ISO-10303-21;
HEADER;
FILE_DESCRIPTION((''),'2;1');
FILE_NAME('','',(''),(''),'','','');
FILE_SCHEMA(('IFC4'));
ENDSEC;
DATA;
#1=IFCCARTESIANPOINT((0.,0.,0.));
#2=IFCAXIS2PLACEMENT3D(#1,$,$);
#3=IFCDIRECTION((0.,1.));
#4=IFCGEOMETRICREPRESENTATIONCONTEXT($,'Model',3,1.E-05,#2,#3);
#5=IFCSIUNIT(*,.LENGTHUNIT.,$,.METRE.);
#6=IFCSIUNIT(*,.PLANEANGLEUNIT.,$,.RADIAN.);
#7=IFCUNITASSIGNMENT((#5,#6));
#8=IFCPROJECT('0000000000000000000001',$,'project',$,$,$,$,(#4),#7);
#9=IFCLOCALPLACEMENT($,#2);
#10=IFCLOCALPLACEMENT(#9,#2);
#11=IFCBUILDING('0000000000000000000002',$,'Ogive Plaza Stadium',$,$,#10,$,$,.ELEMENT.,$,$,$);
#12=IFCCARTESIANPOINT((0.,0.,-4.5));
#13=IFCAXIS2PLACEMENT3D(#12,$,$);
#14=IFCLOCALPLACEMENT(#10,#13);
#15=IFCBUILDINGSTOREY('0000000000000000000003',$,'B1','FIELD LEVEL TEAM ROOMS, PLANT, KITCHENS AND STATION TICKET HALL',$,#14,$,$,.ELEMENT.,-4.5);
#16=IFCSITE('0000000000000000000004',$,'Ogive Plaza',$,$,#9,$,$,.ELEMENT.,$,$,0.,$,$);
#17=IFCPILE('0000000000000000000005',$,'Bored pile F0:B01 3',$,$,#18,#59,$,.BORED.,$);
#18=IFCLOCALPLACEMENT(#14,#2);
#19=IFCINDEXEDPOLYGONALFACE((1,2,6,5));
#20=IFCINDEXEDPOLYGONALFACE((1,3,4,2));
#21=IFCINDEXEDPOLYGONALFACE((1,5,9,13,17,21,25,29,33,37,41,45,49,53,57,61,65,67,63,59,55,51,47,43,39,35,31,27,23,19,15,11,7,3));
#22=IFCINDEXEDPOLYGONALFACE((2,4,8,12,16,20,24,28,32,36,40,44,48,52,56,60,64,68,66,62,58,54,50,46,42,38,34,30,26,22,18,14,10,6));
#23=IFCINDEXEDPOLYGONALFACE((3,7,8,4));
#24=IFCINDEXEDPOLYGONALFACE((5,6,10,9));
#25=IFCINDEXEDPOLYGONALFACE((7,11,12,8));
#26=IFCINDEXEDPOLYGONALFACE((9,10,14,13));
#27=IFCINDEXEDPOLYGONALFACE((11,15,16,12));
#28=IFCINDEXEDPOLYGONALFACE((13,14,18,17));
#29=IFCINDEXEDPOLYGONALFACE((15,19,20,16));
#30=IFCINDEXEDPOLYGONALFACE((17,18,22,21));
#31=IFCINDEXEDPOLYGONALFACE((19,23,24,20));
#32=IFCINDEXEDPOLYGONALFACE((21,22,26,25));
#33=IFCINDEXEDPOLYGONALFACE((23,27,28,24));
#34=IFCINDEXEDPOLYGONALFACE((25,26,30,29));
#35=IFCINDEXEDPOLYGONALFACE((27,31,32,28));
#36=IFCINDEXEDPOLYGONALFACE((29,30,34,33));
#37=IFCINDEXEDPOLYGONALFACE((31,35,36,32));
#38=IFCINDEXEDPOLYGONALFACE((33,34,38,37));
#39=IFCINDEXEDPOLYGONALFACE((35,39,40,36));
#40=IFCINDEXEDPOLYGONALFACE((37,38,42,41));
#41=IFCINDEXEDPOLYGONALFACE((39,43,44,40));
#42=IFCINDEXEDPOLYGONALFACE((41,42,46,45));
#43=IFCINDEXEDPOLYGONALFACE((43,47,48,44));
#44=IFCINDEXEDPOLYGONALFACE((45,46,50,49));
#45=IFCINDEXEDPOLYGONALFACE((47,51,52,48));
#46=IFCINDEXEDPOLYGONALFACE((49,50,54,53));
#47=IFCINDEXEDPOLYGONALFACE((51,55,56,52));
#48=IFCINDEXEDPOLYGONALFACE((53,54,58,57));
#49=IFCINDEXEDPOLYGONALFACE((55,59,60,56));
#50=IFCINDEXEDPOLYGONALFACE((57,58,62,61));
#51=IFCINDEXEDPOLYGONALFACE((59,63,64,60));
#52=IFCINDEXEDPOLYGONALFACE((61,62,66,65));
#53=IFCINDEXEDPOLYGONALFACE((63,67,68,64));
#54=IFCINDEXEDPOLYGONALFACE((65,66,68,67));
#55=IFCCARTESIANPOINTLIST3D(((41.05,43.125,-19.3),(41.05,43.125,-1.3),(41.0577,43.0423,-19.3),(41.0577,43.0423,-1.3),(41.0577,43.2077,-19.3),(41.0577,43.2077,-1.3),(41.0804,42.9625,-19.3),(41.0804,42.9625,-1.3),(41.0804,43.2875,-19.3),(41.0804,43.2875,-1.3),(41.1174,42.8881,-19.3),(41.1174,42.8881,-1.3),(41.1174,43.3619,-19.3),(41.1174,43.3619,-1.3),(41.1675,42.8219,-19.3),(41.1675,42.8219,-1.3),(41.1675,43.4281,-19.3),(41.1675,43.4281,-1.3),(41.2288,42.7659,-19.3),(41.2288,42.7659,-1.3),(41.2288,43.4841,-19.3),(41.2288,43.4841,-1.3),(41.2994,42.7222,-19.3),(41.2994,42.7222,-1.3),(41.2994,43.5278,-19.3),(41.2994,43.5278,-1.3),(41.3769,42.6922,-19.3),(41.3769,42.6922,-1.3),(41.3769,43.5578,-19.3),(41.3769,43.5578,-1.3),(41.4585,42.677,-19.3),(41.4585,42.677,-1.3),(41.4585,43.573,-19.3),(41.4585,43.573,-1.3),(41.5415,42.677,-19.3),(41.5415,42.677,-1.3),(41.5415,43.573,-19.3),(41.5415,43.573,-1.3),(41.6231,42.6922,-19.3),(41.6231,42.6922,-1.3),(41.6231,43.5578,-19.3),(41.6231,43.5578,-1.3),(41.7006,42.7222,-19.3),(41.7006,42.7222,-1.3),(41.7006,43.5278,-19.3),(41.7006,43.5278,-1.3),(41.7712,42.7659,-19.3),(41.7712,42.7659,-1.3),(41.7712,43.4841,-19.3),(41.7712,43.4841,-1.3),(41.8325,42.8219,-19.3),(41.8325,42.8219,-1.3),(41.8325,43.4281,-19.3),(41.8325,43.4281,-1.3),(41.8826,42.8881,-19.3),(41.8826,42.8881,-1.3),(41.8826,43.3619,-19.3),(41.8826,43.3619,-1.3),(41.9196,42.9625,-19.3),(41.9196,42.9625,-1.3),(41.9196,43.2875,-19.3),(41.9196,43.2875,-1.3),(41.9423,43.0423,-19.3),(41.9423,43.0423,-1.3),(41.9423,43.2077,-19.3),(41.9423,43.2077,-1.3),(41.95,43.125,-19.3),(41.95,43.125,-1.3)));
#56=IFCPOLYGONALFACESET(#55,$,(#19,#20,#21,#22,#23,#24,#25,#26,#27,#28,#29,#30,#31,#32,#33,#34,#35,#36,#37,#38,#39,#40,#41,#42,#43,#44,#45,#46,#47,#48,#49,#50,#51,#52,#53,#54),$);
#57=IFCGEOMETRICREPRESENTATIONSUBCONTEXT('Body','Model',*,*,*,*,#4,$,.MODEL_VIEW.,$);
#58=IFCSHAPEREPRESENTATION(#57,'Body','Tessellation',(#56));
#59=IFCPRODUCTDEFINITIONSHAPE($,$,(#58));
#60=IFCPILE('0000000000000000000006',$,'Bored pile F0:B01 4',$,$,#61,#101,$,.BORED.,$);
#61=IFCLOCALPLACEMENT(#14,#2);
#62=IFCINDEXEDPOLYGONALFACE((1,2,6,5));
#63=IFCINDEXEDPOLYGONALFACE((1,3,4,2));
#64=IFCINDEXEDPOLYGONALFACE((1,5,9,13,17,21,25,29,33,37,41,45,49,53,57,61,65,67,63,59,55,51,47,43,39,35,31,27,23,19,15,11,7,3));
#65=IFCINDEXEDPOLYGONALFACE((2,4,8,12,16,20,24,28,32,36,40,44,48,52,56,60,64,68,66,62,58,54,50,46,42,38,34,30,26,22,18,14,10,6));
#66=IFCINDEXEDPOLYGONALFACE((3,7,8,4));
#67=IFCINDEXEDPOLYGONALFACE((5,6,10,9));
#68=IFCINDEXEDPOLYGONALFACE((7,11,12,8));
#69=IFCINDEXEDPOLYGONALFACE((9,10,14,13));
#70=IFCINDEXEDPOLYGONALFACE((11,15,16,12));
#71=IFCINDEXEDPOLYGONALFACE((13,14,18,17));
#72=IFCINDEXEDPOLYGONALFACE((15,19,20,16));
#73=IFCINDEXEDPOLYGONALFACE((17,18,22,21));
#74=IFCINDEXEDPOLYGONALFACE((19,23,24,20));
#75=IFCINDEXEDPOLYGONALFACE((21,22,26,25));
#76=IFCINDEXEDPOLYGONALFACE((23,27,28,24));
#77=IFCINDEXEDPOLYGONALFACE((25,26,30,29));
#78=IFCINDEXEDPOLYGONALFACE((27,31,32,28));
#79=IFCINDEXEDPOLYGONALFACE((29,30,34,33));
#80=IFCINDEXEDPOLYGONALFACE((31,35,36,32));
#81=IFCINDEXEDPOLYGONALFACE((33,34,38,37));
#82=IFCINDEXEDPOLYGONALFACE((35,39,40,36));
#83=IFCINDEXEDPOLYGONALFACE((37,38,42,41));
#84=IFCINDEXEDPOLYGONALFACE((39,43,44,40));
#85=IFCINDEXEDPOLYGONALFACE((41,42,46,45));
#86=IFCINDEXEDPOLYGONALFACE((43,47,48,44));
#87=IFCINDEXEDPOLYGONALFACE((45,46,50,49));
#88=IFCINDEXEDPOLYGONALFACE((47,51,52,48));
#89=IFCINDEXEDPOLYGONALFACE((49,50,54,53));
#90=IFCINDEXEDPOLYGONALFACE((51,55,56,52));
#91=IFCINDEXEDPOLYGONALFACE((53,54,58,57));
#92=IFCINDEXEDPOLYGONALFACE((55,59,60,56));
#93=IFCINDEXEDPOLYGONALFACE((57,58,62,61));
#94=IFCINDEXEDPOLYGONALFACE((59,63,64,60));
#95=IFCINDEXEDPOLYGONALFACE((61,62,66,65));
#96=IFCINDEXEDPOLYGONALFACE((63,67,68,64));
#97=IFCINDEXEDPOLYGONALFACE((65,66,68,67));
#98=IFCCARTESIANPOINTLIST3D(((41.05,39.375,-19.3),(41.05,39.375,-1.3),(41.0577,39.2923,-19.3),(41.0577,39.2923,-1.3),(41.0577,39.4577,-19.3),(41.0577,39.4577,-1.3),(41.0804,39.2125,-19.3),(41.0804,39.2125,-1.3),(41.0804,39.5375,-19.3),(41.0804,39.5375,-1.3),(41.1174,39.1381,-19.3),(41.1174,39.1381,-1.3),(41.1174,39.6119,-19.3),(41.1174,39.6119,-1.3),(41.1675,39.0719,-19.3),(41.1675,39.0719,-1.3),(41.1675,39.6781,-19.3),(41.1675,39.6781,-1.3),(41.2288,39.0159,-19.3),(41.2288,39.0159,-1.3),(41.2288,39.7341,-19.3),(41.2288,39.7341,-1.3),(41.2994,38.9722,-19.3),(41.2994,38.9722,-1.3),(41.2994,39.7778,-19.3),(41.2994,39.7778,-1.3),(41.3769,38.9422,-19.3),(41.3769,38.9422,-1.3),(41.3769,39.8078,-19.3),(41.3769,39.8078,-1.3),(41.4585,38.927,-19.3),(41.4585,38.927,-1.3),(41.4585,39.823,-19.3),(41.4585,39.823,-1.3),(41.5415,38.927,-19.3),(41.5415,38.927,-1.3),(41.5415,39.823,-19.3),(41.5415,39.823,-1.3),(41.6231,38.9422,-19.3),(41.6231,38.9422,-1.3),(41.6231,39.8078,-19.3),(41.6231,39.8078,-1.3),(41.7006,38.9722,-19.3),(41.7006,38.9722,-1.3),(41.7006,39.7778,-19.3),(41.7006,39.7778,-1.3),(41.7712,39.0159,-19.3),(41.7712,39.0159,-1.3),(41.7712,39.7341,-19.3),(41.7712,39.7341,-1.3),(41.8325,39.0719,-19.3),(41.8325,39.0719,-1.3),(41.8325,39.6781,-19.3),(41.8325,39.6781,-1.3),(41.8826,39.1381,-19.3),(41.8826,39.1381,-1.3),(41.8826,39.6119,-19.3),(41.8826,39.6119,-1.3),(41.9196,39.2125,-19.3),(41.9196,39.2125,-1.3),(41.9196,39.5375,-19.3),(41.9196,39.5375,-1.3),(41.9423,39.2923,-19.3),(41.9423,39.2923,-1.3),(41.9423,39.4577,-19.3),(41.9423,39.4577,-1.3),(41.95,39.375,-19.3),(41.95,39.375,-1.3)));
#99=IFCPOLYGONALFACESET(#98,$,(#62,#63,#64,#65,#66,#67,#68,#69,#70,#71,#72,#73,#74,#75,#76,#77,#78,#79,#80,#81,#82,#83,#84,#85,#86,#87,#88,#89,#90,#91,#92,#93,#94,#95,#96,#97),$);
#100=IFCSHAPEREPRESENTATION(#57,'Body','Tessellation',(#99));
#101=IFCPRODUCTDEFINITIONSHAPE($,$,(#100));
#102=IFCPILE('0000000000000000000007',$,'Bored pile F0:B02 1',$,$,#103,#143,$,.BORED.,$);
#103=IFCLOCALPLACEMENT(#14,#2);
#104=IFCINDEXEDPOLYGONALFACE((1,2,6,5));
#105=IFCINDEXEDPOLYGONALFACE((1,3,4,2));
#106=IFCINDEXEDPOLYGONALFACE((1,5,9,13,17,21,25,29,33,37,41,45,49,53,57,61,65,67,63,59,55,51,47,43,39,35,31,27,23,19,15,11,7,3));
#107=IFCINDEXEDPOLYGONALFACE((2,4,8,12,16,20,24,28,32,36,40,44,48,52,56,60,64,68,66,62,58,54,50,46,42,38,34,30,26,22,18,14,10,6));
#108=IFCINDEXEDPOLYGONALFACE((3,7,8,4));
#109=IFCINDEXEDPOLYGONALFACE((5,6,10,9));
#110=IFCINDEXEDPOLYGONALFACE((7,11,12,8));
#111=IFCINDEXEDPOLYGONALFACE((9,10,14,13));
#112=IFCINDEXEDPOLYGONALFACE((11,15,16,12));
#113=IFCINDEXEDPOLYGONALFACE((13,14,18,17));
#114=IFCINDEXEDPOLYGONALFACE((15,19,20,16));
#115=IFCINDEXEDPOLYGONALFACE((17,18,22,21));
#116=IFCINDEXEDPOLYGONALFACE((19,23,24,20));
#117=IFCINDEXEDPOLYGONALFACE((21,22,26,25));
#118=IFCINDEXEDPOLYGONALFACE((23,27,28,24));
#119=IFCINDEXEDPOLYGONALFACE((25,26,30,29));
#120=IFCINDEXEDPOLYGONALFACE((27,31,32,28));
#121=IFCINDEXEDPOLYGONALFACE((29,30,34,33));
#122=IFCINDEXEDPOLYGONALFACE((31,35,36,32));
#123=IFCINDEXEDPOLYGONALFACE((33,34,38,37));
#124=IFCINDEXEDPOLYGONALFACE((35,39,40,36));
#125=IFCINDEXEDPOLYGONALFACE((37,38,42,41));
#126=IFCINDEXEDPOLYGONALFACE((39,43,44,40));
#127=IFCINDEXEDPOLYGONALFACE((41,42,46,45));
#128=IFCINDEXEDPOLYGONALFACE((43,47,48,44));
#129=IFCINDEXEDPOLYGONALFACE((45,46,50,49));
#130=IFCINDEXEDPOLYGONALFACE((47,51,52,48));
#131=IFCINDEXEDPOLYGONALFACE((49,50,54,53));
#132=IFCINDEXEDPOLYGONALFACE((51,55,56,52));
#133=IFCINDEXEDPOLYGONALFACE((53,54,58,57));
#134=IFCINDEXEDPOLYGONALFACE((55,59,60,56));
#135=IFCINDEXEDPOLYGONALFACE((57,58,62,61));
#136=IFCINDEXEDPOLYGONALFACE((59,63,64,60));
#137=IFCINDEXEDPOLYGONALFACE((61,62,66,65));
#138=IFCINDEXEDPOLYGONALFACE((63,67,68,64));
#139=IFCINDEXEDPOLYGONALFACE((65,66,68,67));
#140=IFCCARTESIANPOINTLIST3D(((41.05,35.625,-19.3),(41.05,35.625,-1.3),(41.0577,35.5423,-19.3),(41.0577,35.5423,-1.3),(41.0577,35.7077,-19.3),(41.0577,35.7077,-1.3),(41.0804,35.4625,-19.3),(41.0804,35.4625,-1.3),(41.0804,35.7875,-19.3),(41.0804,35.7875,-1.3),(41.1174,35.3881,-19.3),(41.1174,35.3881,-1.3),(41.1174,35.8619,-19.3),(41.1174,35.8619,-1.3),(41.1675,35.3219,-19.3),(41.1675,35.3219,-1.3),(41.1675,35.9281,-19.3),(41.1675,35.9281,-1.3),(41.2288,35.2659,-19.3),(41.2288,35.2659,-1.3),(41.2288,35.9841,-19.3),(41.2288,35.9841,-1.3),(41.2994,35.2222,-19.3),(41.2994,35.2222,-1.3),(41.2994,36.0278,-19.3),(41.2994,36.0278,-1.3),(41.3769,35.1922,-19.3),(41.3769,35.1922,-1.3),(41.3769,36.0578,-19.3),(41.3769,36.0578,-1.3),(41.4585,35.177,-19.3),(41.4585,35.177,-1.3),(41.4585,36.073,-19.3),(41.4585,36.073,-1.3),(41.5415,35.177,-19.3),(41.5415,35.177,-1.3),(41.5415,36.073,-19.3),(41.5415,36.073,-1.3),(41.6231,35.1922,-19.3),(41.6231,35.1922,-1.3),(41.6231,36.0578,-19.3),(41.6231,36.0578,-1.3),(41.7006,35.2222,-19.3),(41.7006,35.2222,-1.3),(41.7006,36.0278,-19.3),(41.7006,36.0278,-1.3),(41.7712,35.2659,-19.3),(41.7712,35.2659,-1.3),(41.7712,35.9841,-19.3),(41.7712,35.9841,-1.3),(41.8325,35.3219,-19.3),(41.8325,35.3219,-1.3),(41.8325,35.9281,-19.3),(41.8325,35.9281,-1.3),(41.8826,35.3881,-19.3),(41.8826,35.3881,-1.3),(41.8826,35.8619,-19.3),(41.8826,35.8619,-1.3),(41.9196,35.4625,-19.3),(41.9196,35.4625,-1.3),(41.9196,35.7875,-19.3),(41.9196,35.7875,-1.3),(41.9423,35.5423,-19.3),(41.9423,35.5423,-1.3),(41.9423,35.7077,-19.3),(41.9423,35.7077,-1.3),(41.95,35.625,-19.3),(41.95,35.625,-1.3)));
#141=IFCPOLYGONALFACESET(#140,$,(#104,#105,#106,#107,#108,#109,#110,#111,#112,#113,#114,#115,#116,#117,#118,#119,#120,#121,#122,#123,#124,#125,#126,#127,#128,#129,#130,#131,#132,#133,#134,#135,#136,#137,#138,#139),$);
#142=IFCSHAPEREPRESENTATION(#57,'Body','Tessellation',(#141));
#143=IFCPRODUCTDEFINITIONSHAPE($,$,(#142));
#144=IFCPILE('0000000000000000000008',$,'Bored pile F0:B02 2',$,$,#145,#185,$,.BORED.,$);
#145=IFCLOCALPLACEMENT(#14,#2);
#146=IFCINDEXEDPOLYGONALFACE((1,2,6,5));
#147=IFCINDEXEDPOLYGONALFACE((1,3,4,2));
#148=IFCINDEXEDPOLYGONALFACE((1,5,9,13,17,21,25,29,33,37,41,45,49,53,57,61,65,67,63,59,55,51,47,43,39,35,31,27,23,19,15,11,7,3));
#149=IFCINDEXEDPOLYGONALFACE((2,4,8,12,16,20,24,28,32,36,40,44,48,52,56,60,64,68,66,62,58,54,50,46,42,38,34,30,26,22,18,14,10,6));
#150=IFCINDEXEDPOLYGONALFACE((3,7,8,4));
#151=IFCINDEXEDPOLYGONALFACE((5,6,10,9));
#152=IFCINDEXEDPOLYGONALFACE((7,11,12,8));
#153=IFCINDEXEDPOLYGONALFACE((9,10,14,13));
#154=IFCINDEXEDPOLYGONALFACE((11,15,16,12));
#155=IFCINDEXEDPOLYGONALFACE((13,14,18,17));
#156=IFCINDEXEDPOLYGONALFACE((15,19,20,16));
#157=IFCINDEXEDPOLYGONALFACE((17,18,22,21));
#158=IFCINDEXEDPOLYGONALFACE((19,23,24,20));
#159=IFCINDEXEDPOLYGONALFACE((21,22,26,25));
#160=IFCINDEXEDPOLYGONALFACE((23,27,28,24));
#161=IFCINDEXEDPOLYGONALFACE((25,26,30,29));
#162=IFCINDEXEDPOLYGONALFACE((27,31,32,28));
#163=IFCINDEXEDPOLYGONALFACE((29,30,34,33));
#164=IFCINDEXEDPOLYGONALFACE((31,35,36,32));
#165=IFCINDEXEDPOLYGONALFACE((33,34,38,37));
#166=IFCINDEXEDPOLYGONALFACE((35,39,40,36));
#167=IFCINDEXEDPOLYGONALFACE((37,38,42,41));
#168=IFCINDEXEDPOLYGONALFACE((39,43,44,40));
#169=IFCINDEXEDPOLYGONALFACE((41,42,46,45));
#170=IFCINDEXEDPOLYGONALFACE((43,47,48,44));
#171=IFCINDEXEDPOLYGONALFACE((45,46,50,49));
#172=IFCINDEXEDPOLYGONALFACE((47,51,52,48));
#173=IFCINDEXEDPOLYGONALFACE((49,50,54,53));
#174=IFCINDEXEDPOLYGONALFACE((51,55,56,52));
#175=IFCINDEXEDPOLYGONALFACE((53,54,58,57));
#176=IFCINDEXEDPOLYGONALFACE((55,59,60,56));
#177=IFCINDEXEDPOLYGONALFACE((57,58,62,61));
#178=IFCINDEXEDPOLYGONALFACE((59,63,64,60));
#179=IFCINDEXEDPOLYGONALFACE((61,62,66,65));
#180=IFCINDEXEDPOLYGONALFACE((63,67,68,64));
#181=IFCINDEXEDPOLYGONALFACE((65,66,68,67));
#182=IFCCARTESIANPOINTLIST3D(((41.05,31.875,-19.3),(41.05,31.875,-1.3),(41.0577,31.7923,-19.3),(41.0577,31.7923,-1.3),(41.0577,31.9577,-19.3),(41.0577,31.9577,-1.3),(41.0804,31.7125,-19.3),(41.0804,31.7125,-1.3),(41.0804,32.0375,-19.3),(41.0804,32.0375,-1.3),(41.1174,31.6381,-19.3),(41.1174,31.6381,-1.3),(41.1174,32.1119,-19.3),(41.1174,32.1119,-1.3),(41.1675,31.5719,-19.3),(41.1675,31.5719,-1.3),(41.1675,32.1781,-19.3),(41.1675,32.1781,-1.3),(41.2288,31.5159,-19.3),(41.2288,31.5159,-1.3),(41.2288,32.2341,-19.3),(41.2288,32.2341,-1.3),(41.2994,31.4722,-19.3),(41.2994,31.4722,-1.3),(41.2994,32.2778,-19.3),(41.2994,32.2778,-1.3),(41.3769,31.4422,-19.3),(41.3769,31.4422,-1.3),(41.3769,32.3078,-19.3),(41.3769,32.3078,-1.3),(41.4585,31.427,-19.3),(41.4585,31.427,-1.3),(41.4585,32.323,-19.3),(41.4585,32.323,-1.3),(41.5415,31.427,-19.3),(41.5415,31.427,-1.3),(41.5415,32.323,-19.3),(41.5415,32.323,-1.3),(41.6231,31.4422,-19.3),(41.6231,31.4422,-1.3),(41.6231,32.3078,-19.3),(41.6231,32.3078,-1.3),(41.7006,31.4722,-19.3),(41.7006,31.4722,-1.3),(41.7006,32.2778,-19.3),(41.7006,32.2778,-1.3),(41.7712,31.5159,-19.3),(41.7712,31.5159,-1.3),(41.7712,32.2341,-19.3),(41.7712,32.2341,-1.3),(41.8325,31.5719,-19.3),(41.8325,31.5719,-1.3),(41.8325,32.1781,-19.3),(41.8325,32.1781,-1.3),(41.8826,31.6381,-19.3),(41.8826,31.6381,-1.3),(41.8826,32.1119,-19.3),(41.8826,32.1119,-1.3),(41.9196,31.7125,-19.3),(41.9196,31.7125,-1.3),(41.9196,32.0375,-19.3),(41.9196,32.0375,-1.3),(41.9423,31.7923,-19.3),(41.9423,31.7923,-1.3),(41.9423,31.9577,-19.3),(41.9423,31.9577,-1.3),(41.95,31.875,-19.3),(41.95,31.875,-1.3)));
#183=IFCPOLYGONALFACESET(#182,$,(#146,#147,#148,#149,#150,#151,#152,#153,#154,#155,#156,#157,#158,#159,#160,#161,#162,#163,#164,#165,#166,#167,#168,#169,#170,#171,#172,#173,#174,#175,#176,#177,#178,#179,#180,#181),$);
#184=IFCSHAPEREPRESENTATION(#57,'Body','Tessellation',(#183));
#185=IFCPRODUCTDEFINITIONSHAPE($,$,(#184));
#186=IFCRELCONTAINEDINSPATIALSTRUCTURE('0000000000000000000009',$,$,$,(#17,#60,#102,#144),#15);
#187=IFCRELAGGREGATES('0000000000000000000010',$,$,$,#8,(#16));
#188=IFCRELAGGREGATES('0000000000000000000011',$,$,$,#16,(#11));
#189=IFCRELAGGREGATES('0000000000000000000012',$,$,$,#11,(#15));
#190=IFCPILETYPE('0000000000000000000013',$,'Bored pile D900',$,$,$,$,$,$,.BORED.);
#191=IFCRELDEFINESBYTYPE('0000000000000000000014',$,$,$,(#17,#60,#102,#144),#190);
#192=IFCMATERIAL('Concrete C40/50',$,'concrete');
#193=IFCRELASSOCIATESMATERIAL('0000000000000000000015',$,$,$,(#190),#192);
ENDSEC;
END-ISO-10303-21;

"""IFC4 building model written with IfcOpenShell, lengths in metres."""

from ifc_helpers import new_model, si_unit, direction, frame, origin, origin_2d, place, context, subcontext, project, spatial, circle, extrude, material, material_profile, profile_set, type_object, element, save


model = new_model("IFC4")

# Units and contexts
model_context = context("Model", 3, precision=1e-05, world=origin(), true_north=direction((0.0, 1.0)))
body_context = subcontext(model_context, "Body", "Model", "MODEL_VIEW")
ifc_project = project(units=[si_unit("LENGTHUNIT", "METRE"), si_unit("PLANEANGLEUNIT", "RADIAN")], contexts=[model_context])

# Site, building, storey
site_placement = place(None, origin())
site = spatial("IfcSite", under=ifc_project, at=site_placement, Name="Ogive Plaza", CompositionType="ELEMENT", RefElevation=0.0)
building_placement = place(site_placement, origin())
building = spatial("IfcBuilding", under=site, at=building_placement, Name="Ogive Plaza Stadium", CompositionType="ELEMENT")
storey_placement = place(building_placement, frame((0.0, 0.0, -4.5)))
storey = spatial("IfcBuildingStorey", under=building, at=storey_placement, Name="B1", Description="FIELD LEVEL TEAM ROOMS, PLANT, KITCHENS AND STATION TICKET HALL", CompositionType="ELEMENT", Elevation=-4.5)

# Piles
ifc_material_1 = material(Name="Concrete C40/50", Category="concrete")
ifc_material_profile_1 = material_profile(ifc_material_1, circle(Radius=0.45, at=origin_2d()), Name="RC D900")
ifc_profile_set_1 = profile_set([ifc_material_profile_1], Name="Concrete C40/50")
pile_type = type_object("IfcPileType", Name="Bored pile D900", PredefinedType="BORED", material=ifc_profile_set_1)
for number, where, z_axis, x_axis, name in (
    (1, (41.5, 43.125, -1.3), (0.0, 0.0, -1.0), (1.0, 0.0, 0.0), "Bored pile F0:B01 3"),
    (2, (41.5, 39.375, -1.3), (0.0, 0.0, -1.0), (1.0, 0.0, 0.0), "Bored pile F0:B01 4"),
    (3, (41.5, 35.625, -1.3), (0.0, 0.0, -1.0), (1.0, 0.0, 0.0), "Bored pile F0:B02 1"),
    (4, (41.5, 31.875, -1.3), (0.0, 0.0, -1.0), (1.0, 0.0, 0.0), "Bored pile F0:B02 2"),
):
    element("IfcPile", number, at=place(storey_placement, frame(where, z_axis=z_axis, x_axis=x_axis)), inside=storey, type_object=pile_type, Name=name, PredefinedType="BORED", context=body_context, shape_type="SweptSolid", body=[
        extrude(circle(Radius=0.45, at=origin_2d()), origin(), (0.0, 0.0, 1.0), 18.0),
    ])

save(model, "model.ifc")
